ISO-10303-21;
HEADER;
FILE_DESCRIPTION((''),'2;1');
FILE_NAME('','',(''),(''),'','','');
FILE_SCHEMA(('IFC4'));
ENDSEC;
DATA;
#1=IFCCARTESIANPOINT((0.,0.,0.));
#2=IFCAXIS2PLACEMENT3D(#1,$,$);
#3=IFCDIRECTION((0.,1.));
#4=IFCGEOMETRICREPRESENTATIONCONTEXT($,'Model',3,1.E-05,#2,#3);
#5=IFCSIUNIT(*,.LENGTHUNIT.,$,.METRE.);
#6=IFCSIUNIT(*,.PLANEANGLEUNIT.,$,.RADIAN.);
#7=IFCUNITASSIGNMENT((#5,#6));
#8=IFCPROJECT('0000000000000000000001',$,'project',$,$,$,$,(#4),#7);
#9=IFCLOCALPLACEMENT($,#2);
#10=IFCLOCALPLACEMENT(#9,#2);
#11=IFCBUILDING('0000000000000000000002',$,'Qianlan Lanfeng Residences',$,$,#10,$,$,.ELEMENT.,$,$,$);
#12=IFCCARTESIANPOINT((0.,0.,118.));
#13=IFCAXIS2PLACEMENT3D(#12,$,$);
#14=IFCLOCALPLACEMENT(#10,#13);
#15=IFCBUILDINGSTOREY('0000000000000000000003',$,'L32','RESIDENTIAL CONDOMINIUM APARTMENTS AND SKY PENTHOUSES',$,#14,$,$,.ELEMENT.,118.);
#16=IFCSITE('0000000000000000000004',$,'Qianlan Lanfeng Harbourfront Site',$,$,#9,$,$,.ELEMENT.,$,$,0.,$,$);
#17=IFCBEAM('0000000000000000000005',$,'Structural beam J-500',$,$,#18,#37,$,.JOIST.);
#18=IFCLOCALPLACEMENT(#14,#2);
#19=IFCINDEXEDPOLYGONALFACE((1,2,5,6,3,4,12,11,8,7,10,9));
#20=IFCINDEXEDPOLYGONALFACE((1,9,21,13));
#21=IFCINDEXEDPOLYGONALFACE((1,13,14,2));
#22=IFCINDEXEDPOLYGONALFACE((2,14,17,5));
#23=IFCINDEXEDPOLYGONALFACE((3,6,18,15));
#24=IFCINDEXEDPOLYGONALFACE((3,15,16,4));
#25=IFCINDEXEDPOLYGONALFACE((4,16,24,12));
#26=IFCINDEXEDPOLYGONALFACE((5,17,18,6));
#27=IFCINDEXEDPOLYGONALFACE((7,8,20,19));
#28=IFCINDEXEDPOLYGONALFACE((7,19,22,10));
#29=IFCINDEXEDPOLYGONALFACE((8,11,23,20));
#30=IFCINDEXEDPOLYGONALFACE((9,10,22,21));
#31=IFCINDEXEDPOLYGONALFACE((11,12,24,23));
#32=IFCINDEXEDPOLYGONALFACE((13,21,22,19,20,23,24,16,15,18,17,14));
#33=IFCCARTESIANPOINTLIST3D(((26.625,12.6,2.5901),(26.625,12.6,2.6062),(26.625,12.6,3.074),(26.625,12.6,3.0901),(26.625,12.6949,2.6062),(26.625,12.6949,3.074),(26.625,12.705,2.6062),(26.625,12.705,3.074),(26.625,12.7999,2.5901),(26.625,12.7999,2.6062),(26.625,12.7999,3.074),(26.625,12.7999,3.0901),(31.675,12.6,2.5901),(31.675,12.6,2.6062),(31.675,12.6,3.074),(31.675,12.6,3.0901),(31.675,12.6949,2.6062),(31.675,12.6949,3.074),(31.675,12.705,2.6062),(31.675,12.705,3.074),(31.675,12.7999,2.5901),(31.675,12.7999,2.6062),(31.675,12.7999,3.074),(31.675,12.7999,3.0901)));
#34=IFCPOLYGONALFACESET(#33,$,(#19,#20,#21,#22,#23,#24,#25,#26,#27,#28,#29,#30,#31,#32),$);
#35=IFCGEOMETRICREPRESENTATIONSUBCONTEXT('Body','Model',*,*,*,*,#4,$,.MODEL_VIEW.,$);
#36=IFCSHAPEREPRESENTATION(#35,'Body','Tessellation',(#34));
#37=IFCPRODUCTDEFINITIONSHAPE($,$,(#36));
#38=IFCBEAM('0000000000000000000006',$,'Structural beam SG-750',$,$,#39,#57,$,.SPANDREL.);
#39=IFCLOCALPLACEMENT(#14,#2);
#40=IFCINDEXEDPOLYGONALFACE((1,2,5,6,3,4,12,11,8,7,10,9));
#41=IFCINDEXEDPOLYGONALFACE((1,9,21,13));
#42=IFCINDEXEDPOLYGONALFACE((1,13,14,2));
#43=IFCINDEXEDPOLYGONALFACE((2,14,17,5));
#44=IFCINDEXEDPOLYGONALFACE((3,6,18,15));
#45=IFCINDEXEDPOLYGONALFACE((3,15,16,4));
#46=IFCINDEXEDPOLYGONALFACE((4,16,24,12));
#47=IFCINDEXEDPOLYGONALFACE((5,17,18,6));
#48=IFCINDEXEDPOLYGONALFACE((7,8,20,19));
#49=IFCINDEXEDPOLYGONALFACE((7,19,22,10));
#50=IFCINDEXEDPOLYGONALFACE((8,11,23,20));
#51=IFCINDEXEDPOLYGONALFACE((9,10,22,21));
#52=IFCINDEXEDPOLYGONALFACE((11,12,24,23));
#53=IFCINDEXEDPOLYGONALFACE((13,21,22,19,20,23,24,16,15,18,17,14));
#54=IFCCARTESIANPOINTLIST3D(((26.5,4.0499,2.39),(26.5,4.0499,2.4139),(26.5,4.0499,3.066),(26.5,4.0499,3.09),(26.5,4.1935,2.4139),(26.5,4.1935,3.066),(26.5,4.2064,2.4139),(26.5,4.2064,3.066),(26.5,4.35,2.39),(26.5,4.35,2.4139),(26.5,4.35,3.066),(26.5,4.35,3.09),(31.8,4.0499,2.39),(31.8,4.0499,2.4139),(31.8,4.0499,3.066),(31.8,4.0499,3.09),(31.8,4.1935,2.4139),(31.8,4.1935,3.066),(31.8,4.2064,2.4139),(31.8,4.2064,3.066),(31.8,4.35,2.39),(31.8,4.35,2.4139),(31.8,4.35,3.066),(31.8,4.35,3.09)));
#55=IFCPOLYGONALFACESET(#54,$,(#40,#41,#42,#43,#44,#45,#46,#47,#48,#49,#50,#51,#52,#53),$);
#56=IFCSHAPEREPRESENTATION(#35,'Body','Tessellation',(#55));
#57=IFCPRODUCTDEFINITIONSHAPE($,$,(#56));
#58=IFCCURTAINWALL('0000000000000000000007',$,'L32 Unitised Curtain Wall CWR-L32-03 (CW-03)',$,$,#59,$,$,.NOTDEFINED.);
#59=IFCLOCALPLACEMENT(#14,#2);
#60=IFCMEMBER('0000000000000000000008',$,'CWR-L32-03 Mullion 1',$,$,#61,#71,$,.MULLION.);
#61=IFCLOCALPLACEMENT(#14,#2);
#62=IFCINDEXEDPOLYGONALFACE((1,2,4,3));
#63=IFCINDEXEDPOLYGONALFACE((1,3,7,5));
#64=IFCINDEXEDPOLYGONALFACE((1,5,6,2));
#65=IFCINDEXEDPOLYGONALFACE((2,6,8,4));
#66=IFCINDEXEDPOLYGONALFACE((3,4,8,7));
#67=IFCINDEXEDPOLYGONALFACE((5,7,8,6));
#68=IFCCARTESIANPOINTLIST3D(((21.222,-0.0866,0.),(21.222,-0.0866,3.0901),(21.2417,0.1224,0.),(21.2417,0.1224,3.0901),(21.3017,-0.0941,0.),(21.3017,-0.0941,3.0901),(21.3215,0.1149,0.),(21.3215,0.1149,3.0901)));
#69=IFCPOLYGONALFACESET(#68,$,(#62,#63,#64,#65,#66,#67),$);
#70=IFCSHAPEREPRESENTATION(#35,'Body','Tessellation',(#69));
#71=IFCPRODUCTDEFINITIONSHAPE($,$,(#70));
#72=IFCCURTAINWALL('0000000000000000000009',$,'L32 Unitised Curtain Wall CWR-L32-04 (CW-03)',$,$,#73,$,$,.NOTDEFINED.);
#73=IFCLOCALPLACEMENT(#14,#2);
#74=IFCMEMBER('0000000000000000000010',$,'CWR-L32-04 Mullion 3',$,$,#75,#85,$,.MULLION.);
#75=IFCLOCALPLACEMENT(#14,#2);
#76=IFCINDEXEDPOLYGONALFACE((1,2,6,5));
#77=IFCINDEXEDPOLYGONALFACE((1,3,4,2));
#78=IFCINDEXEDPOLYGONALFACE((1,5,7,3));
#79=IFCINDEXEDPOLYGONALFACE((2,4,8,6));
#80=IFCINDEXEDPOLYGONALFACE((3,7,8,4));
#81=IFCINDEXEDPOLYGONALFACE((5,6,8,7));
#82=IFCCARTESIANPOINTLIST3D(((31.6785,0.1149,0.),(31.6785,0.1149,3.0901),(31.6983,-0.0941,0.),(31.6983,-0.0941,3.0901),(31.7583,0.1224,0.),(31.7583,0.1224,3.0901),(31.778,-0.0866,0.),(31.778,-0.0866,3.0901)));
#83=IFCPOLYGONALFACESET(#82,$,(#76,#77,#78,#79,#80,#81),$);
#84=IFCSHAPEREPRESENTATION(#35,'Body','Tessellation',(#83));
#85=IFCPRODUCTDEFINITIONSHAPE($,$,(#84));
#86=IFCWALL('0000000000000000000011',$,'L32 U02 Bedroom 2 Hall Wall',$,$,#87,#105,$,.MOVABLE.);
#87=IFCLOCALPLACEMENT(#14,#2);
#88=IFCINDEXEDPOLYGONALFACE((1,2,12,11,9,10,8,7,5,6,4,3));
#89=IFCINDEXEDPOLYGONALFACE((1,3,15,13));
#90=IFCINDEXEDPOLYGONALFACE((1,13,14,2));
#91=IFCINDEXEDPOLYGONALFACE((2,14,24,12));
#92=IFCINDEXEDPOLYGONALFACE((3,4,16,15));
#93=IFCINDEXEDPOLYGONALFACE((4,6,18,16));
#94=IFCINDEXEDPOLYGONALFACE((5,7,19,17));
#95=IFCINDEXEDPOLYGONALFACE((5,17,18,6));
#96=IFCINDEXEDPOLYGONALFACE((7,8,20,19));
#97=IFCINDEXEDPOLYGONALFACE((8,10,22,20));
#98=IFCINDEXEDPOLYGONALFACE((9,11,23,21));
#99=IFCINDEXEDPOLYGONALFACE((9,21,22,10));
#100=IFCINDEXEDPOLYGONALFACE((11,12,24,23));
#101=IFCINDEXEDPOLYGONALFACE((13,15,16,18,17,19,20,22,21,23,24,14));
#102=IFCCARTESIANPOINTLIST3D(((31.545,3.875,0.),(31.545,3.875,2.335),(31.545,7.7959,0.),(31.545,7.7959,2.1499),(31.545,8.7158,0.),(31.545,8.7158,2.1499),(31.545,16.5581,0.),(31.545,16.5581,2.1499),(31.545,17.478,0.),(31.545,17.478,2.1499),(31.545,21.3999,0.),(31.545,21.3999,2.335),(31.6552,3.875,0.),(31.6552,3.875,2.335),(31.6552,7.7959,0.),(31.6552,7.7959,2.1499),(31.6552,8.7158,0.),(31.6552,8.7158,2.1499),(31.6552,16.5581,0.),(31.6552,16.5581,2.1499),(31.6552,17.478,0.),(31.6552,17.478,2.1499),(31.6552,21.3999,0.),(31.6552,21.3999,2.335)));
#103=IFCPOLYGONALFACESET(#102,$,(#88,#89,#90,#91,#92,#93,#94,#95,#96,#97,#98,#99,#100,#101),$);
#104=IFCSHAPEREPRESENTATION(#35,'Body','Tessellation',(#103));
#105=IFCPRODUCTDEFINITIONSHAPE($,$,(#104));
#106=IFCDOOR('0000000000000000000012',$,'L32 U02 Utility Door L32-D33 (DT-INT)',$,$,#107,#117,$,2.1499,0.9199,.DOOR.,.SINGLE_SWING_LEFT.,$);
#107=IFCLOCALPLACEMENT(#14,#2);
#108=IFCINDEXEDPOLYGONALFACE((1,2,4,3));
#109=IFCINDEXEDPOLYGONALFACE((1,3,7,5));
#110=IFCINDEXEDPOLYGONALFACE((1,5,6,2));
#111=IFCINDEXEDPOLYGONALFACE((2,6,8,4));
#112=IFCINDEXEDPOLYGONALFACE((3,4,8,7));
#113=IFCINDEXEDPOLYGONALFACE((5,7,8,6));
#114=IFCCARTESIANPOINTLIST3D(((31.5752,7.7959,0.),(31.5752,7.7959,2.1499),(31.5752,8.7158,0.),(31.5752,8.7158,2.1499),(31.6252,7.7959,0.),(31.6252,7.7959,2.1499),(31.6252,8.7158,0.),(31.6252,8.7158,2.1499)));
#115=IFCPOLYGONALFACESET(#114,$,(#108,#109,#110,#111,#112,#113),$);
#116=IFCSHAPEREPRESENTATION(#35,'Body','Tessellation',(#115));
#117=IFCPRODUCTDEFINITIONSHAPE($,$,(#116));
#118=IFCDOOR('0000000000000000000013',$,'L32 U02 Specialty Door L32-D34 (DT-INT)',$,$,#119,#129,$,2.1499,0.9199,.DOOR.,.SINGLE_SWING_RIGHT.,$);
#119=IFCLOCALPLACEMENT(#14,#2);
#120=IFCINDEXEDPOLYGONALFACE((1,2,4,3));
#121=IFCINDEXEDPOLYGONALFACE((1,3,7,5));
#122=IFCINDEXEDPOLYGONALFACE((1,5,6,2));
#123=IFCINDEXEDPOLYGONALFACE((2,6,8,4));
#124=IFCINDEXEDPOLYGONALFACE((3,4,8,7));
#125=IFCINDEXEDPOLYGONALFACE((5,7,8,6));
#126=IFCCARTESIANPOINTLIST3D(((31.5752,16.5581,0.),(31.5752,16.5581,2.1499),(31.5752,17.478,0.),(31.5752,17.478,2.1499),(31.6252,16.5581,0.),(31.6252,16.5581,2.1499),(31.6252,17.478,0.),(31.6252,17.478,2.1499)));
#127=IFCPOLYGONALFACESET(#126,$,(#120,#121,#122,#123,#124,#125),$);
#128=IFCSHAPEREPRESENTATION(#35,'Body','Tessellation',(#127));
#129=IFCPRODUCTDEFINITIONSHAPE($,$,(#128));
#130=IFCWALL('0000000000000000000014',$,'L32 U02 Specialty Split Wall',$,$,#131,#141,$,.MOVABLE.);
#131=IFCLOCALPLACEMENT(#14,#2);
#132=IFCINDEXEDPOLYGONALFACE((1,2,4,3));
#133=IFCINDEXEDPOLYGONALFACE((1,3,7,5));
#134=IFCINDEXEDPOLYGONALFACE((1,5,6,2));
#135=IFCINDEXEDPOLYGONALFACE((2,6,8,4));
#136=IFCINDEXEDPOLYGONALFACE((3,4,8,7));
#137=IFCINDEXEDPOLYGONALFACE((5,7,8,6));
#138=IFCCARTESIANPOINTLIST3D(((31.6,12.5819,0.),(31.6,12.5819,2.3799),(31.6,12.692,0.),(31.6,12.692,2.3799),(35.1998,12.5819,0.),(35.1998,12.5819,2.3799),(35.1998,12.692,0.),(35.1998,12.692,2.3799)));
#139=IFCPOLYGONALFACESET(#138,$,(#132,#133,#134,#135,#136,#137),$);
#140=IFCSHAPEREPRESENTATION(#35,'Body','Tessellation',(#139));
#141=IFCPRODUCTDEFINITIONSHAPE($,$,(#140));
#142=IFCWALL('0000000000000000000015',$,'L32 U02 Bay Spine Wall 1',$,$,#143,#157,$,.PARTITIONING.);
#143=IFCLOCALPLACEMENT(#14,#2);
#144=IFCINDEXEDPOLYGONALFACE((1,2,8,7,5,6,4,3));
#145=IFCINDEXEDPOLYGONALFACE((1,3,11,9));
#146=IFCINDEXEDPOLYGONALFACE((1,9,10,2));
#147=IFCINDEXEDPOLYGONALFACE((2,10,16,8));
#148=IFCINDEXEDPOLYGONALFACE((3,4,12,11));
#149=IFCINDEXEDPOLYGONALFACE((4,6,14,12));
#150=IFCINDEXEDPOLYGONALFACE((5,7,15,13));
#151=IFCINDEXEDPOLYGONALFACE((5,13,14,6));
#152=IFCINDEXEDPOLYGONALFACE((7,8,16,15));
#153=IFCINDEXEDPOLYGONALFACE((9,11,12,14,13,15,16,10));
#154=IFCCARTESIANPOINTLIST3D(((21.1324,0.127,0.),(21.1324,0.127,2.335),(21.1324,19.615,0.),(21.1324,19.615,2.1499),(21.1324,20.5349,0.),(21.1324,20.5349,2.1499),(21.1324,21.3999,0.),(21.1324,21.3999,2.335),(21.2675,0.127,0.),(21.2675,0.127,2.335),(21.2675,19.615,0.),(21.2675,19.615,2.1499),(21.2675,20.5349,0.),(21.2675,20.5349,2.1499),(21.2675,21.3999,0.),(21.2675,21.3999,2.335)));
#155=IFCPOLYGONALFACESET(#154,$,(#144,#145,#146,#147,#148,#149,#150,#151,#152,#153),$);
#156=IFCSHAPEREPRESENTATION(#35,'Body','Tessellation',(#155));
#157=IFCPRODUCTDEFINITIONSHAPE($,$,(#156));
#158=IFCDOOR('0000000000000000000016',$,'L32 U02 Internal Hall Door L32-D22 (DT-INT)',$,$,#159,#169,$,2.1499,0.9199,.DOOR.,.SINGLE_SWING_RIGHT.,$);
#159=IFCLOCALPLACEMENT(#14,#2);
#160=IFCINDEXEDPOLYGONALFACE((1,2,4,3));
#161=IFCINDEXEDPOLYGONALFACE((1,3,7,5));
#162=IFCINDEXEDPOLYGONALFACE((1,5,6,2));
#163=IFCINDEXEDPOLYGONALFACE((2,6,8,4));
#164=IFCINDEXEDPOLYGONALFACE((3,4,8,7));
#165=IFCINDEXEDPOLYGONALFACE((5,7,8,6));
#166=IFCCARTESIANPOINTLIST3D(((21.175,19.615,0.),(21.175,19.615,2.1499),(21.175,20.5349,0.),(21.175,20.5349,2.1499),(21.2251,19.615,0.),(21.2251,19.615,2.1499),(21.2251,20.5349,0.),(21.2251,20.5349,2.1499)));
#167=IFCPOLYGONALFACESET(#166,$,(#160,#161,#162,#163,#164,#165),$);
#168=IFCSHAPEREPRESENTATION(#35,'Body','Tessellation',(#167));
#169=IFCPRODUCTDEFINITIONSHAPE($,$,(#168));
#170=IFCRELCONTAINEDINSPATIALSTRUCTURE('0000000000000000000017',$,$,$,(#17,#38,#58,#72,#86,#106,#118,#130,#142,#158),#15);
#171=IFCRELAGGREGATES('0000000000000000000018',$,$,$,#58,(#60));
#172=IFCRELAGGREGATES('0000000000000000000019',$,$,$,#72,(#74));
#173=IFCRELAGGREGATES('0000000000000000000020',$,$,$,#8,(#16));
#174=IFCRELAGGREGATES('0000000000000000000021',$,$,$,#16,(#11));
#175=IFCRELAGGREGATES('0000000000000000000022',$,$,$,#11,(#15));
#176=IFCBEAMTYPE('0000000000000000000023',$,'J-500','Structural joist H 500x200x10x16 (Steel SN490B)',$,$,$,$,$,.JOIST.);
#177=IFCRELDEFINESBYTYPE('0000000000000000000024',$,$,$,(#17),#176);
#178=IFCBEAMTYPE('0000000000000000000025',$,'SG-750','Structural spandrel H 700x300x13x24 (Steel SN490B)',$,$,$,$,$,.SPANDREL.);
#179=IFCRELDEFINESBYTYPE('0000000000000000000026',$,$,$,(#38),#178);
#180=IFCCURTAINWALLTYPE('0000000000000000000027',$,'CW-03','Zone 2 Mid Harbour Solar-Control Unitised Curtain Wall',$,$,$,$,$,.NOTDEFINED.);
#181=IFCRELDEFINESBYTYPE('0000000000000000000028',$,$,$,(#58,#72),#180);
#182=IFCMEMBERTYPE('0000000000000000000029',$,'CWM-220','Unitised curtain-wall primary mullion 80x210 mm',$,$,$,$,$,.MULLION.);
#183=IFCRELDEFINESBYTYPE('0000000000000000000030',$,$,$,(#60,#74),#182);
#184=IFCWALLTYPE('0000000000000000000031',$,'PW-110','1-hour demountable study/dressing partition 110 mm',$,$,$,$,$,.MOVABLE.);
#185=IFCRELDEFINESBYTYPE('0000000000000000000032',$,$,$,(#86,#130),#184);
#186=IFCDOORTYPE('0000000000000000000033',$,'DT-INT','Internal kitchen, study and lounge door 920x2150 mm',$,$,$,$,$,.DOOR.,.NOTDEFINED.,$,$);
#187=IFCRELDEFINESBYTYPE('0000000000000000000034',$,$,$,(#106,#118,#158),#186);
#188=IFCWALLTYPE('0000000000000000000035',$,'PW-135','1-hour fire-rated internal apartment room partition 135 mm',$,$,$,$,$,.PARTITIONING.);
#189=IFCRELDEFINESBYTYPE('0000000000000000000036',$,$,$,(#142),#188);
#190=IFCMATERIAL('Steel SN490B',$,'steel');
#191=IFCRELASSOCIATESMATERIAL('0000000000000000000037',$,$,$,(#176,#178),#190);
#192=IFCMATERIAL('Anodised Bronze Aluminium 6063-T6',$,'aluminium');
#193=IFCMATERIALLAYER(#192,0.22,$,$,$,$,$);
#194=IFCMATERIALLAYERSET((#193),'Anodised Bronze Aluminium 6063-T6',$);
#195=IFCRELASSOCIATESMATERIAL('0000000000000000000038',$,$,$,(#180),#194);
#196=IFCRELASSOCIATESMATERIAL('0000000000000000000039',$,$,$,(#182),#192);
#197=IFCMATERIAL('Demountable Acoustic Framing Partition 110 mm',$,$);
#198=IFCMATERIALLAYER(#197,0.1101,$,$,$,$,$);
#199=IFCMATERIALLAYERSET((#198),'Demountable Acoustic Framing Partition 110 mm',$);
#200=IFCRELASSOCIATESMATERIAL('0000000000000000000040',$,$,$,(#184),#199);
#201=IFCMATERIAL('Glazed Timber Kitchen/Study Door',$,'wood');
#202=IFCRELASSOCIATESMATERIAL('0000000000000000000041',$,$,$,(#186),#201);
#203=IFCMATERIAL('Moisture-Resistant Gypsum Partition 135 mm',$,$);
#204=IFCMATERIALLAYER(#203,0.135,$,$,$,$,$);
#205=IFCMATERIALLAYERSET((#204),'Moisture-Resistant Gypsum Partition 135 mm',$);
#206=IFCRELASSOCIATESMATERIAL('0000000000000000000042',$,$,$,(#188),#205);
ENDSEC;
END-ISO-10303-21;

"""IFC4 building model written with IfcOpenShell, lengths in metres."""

from ifc_helpers import new_model, si_unit, direction, frame, frame_2d, origin, origin_2d, place, context, subcontext, project, spatial, rectangle, i_section, extrude, source, transform, mapped, material, layer, layer_set, material_profile, profile_set, type_object, element, fill, aggregate, save


model = new_model("IFC4")

# Units and contexts
model_context = context("Model", 3, precision=1e-05, world=origin(), true_north=direction((0.0, 1.0)))
body_context = subcontext(model_context, "Body", "Model", "MODEL_VIEW")
ifc_project = project(units=[si_unit("LENGTHUNIT", "METRE"), si_unit("PLANEANGLEUNIT", "RADIAN")], contexts=[model_context])

# Site, building, storey
site_placement = place(None, origin())
site = spatial("IfcSite", under=ifc_project, at=site_placement, Name="Qianlan Lanfeng Harbourfront Site", CompositionType="ELEMENT", RefElevation=0.0)
building_placement = place(site_placement, origin())
building = spatial("IfcBuilding", under=site, at=building_placement, Name="Qianlan Lanfeng Residences", CompositionType="ELEMENT")
storey_placement = place(building_placement, frame((0.0, 0.0, 118.0)))
storey = spatial("IfcBuildingStorey", under=building, at=storey_placement, Name="L32", Description="RESIDENTIAL CONDOMINIUM APARTMENTS AND SKY PENTHOUSES", CompositionType="ELEMENT", Elevation=118.0)

# Shared definitions
ifc_material_1 = material(Name="Steel SN490B", Category="steel")

# Beams
ifc_material_profile_1 = material_profile(ifc_material_1, i_section(OverallWidth=0.2, OverallDepth=0.5, WebThickness=0.01, FlangeThickness=0.0161, at=origin_2d()), Name="H 500x200x10x16")
ifc_profile_set_1 = profile_set([ifc_material_profile_1], Name="Steel SN490B")
beam_type_1 = type_object("IfcBeamType", Name="J-500", Description="Structural joist H 500x200x10x16 (Steel SN490B)", PredefinedType="JOIST", material=ifc_profile_set_1)
for number, where, z_axis, x_axis, name in (
    (1, (26.625, 12.7, 2.8401), (1.0, 0.0, 0.0), (0.0, 1.0, 0.0), "Structural beam J-500"),
):
    element("IfcBeam", number, at=place(storey_placement, frame(where, z_axis=z_axis, x_axis=x_axis)), inside=storey, type_object=beam_type_1, Name=name, PredefinedType="JOIST", context=body_context, shape_type="SweptSolid", body=[
        extrude(i_section(OverallWidth=0.2, OverallDepth=0.5, WebThickness=0.01, FlangeThickness=0.0161, at=origin_2d()), origin(), (0.0, 0.0, 1.0), 5.05),
    ])
ifc_material_profile_2 = material_profile(ifc_material_1, i_section(OverallWidth=0.3, OverallDepth=0.7, WebThickness=0.0129, FlangeThickness=0.0239, at=origin_2d()), Name="H 700x300x13x24")
ifc_profile_set_2 = profile_set([ifc_material_profile_2], Name="Steel SN490B")
beam_type_2 = type_object("IfcBeamType", Name="SG-750", Description="Structural spandrel H 700x300x13x24 (Steel SN490B)", PredefinedType="SPANDREL", material=ifc_profile_set_2)
beam_1_placement = place(storey_placement, frame((26.5, 4.2, 2.74), z_axis=(1.0, 0.0, 0.0), x_axis=(0.0, 1.0, 0.0)))
element("IfcBeam", 2, at=beam_1_placement, inside=storey, type_object=beam_type_2, Name="Structural beam SG-750", PredefinedType="SPANDREL", context=body_context, shape_type="SweptSolid", body=[
    extrude(i_section(OverallWidth=0.3, OverallDepth=0.7, WebThickness=0.0129, FlangeThickness=0.0239, at=origin_2d()), origin(), (0.0, 0.0, 1.0), 5.3),
])

# Curtain walls, members
ifc_material_2 = material(Name="Anodised Bronze Aluminium 6063-T6", Category="aluminium")
ifc_layer_1 = layer(ifc_material_2, 0.22)
ifc_layer_set_1 = layer_set([ifc_layer_1], Name="Anodised Bronze Aluminium 6063-T6")
curtain_wall_type = type_object("IfcCurtainWallType", Name="CW-03", Description="Zone 2 Mid Harbour Solar-Control Unitised Curtain Wall", PredefinedType="NOTDEFINED", material=ifc_layer_set_1)
curtain_wall_1_placement = place(storey_placement, origin())
curtain_wall_1 = element("IfcCurtainWall", 3, at=curtain_wall_1_placement, inside=storey, type_object=curtain_wall_type, Name="L32 Unitised Curtain Wall CWR-L32-03 (CW-03)", PredefinedType="NOTDEFINED")
ifc_material_profile_3 = material_profile(ifc_material_2, rectangle(XDim=0.0801, YDim=0.21, at=origin_2d()), Name="ALU MULLION 80x210")
ifc_profile_set_3 = profile_set([ifc_material_profile_3], Name="Anodised Bronze Aluminium 6063-T6")
member_type = type_object("IfcMemberType", Name="CWM-220", Description="Unitised curtain-wall primary mullion 80x210 mm", PredefinedType="MULLION", material=ifc_profile_set_3)
shared_shape = source(origin(), body_context, "Body", "SweptSolid", [
    extrude(rectangle(XDim=0.0801, YDim=0.21, at=origin_2d()), origin(), (0.0, 0.0, 1.0), 3.0901),
])
member_1_placement = place(storey_placement, frame((21.2717, 0.0142, 0.0), z_axis=(0.0, 0.0, 1.0), x_axis=(0.995561, -0.094114, 0.0)))
member_1 = element("IfcMember", 4, at=member_1_placement, type_object=member_type, Name="CWR-L32-03 Mullion 1", PredefinedType="MULLION", context=body_context, shape_type="MappedRepresentation", body=[
    mapped(shared_shape, transform((0.0, 0.0, 0.0), scale=1.0)),
])
aggregate(curtain_wall_1, [member_1])
curtain_wall_2_placement = place(storey_placement, origin())
curtain_wall_2 = element("IfcCurtainWall", 5, at=curtain_wall_2_placement, inside=storey, type_object=curtain_wall_type, Name="L32 Unitised Curtain Wall CWR-L32-04 (CW-03)", PredefinedType="NOTDEFINED")
member_2_placement = place(storey_placement, frame((31.7283, 0.0142, 0.0), z_axis=(0.0, 0.0, 1.0), x_axis=(0.995561, 0.094114, 0.0)))
member_2 = element("IfcMember", 6, at=member_2_placement, type_object=member_type, Name="CWR-L32-04 Mullion 3", PredefinedType="MULLION", context=body_context, shape_type="MappedRepresentation", body=[
    mapped(shared_shape, transform((0.0, 0.0, 0.0), scale=1.0)),
])
aggregate(curtain_wall_2, [member_2])

# Shared definitions
ifc_material_3 = material(Name="Demountable Acoustic Framing Partition 110 mm")
ifc_layer_2 = layer(ifc_material_3, 0.1101)
ifc_layer_set_2 = layer_set([ifc_layer_2], Name="Demountable Acoustic Framing Partition 110 mm")
wall_type_1 = type_object("IfcWallType", Name="PW-110", Description="1-hour demountable study/dressing partition 110 mm", PredefinedType="MOVABLE", material=ifc_layer_set_2)
ifc_material_4 = material(Name="Glazed Timber Kitchen/Study Door", Category="wood")
door_type_1 = type_object("IfcDoorType", Name="DT-INT", Description="Internal kitchen, study and lounge door 920x2150 mm", OperationType="NOTDEFINED", PredefinedType="DOOR", material=ifc_material_4)

# Wall, openings, doors
wall_1_placement = place(storey_placement, frame((31.6001, 3.875, 0.0), z_axis=(0.0, 0.0, 1.0), x_axis=(0.0, 1.0, 0.0)))
wall_1 = element("IfcWall", 7, at=wall_1_placement, inside=storey, type_object=wall_type_1, Name="L32 U02 Bedroom 2 Hall Wall", PredefinedType="MOVABLE", context=body_context, shape_type="SweptSolid", body=[
    extrude(rectangle(XDim=17.5249, YDim=0.1101, at=frame_2d((8.7625, 0.0))), origin(), (0.0, 0.0, 1.0), 2.335),
])
opening_1_placement = place(wall_1_placement, frame((3.9209, 0.0, 0.0)))
opening_1 = element("IfcOpeningElement", 8, at=opening_1_placement, cuts=wall_1, PredefinedType="OPENING", context=body_context, shape_type="SweptSolid", body=[
    extrude(rectangle(XDim=0.9199, YDim=2.1499, at=frame_2d((0.46, 1.075))), frame((0.0, 0.0649, 0.0), z_axis=(0.0, -1.0, 0.0), x_axis=(1.0, 0.0, 0.0)), (0.0, 0.0, 1.0), 0.1301),
])
opening_2_placement = place(wall_1_placement, frame((12.6831, 0.0, 0.0)))
opening_2 = element("IfcOpeningElement", 9, at=opening_2_placement, cuts=wall_1, PredefinedType="OPENING", context=body_context, shape_type="SweptSolid", body=[
    extrude(rectangle(XDim=0.9199, YDim=2.1499, at=frame_2d((0.46, 1.075))), frame((0.0, 0.0649, 0.0), z_axis=(0.0, -1.0, 0.0), x_axis=(1.0, 0.0, 0.0)), (0.0, 0.0, 1.0), 0.1301),
])
door_1_placement = place(opening_1_placement, origin())
door_1 = element("IfcDoor", 10, at=door_1_placement, inside=storey, type_object=door_type_1, Name="L32 U02 Utility Door L32-D33 (DT-INT)", OperationType="SINGLE_SWING_LEFT", OverallHeight=2.1499, OverallWidth=0.9199, PredefinedType="DOOR", context=body_context, shape_type="SweptSolid", body=[
    extrude(rectangle(XDim=0.9199, YDim=2.1499, at=frame_2d((0.46, 1.075))), frame((0.0, 0.0249, 0.0), z_axis=(0.0, -1.0, 0.0), x_axis=(1.0, 0.0, 0.0)), (0.0, 0.0, 1.0), 0.05),
])
fill(opening_1, door_1)
door_2_placement = place(opening_2_placement, origin())
door_2 = element("IfcDoor", 11, at=door_2_placement, inside=storey, type_object=door_type_1, Name="L32 U02 Specialty Door L32-D34 (DT-INT)", OperationType="SINGLE_SWING_RIGHT", OverallHeight=2.1499, OverallWidth=0.9199, PredefinedType="DOOR", context=body_context, shape_type="SweptSolid", body=[
    extrude(rectangle(XDim=0.9199, YDim=2.1499, at=frame_2d((0.46, 1.075))), frame((0.0, 0.0249, 0.0), z_axis=(0.0, -1.0, 0.0), x_axis=(1.0, 0.0, 0.0)), (0.0, 0.0, 1.0), 0.05),
])
fill(opening_2, door_2)

# Wall
wall_2_placement = place(storey_placement, frame((31.6001, 12.637, 0.0), z_axis=(0.0, 0.0, 1.0), x_axis=(1.0, 0.0, 0.0)))
element("IfcWall", 12, at=wall_2_placement, inside=storey, type_object=wall_type_1, Name="L32 U02 Specialty Split Wall", PredefinedType="MOVABLE", context=body_context, shape_type="SweptSolid", body=[
    extrude(rectangle(XDim=3.5999, YDim=0.1101, at=frame_2d((1.7998, 0.0))), origin(), (0.0, 0.0, 1.0), 2.3799),
])

# Wall, opening, door
ifc_material_5 = material(Name="Moisture-Resistant Gypsum Partition 135 mm")
ifc_layer_3 = layer(ifc_material_5, 0.135)
ifc_layer_set_3 = layer_set([ifc_layer_3], Name="Moisture-Resistant Gypsum Partition 135 mm")
wall_type_2 = type_object("IfcWallType", Name="PW-135", Description="1-hour fire-rated internal apartment room partition 135 mm", PredefinedType="PARTITIONING", material=ifc_layer_set_3)
wall_3_placement = place(storey_placement, frame((21.2, 0.127, 0.0), z_axis=(0.0, 0.0, 1.0), x_axis=(0.0, 1.0, 0.0)))
wall_3 = element("IfcWall", 13, at=wall_3_placement, inside=storey, type_object=wall_type_2, Name="L32 U02 Bay Spine Wall 1", PredefinedType="PARTITIONING", context=body_context, shape_type="SweptSolid", body=[
    extrude(rectangle(XDim=21.2729, YDim=0.135, at=frame_2d((10.6365, 0.0))), origin(), (0.0, 0.0, 1.0), 2.335),
])
opening_3_placement = place(wall_3_placement, frame((19.488, 0.0, 0.0)))
opening_3 = element("IfcOpeningElement", 14, at=opening_3_placement, cuts=wall_3, PredefinedType="OPENING", context=body_context, shape_type="SweptSolid", body=[
    extrude(rectangle(XDim=0.9199, YDim=2.1499, at=frame_2d((0.46, 1.075))), frame((0.0, 0.0776, 0.0), z_axis=(0.0, -1.0, 0.0), x_axis=(1.0, 0.0, 0.0)), (0.0, 0.0, 1.0), 0.155),
])
door_3_placement = place(opening_3_placement, origin())
door_3 = element("IfcDoor", 15, at=door_3_placement, inside=storey, type_object=door_type_1, Name="L32 U02 Internal Hall Door L32-D22 (DT-INT)", OperationType="SINGLE_SWING_RIGHT", OverallHeight=2.1499, OverallWidth=0.9199, PredefinedType="DOOR", context=body_context, shape_type="SweptSolid", body=[
    extrude(rectangle(XDim=0.9199, YDim=2.1499, at=frame_2d((0.46, 1.075))), frame((0.0, 0.0249, 0.0), z_axis=(0.0, -1.0, 0.0), x_axis=(1.0, 0.0, 0.0)), (0.0, 0.0, 1.0), 0.05),
])
fill(opening_3, door_3)

save(model, "model.ifc")
